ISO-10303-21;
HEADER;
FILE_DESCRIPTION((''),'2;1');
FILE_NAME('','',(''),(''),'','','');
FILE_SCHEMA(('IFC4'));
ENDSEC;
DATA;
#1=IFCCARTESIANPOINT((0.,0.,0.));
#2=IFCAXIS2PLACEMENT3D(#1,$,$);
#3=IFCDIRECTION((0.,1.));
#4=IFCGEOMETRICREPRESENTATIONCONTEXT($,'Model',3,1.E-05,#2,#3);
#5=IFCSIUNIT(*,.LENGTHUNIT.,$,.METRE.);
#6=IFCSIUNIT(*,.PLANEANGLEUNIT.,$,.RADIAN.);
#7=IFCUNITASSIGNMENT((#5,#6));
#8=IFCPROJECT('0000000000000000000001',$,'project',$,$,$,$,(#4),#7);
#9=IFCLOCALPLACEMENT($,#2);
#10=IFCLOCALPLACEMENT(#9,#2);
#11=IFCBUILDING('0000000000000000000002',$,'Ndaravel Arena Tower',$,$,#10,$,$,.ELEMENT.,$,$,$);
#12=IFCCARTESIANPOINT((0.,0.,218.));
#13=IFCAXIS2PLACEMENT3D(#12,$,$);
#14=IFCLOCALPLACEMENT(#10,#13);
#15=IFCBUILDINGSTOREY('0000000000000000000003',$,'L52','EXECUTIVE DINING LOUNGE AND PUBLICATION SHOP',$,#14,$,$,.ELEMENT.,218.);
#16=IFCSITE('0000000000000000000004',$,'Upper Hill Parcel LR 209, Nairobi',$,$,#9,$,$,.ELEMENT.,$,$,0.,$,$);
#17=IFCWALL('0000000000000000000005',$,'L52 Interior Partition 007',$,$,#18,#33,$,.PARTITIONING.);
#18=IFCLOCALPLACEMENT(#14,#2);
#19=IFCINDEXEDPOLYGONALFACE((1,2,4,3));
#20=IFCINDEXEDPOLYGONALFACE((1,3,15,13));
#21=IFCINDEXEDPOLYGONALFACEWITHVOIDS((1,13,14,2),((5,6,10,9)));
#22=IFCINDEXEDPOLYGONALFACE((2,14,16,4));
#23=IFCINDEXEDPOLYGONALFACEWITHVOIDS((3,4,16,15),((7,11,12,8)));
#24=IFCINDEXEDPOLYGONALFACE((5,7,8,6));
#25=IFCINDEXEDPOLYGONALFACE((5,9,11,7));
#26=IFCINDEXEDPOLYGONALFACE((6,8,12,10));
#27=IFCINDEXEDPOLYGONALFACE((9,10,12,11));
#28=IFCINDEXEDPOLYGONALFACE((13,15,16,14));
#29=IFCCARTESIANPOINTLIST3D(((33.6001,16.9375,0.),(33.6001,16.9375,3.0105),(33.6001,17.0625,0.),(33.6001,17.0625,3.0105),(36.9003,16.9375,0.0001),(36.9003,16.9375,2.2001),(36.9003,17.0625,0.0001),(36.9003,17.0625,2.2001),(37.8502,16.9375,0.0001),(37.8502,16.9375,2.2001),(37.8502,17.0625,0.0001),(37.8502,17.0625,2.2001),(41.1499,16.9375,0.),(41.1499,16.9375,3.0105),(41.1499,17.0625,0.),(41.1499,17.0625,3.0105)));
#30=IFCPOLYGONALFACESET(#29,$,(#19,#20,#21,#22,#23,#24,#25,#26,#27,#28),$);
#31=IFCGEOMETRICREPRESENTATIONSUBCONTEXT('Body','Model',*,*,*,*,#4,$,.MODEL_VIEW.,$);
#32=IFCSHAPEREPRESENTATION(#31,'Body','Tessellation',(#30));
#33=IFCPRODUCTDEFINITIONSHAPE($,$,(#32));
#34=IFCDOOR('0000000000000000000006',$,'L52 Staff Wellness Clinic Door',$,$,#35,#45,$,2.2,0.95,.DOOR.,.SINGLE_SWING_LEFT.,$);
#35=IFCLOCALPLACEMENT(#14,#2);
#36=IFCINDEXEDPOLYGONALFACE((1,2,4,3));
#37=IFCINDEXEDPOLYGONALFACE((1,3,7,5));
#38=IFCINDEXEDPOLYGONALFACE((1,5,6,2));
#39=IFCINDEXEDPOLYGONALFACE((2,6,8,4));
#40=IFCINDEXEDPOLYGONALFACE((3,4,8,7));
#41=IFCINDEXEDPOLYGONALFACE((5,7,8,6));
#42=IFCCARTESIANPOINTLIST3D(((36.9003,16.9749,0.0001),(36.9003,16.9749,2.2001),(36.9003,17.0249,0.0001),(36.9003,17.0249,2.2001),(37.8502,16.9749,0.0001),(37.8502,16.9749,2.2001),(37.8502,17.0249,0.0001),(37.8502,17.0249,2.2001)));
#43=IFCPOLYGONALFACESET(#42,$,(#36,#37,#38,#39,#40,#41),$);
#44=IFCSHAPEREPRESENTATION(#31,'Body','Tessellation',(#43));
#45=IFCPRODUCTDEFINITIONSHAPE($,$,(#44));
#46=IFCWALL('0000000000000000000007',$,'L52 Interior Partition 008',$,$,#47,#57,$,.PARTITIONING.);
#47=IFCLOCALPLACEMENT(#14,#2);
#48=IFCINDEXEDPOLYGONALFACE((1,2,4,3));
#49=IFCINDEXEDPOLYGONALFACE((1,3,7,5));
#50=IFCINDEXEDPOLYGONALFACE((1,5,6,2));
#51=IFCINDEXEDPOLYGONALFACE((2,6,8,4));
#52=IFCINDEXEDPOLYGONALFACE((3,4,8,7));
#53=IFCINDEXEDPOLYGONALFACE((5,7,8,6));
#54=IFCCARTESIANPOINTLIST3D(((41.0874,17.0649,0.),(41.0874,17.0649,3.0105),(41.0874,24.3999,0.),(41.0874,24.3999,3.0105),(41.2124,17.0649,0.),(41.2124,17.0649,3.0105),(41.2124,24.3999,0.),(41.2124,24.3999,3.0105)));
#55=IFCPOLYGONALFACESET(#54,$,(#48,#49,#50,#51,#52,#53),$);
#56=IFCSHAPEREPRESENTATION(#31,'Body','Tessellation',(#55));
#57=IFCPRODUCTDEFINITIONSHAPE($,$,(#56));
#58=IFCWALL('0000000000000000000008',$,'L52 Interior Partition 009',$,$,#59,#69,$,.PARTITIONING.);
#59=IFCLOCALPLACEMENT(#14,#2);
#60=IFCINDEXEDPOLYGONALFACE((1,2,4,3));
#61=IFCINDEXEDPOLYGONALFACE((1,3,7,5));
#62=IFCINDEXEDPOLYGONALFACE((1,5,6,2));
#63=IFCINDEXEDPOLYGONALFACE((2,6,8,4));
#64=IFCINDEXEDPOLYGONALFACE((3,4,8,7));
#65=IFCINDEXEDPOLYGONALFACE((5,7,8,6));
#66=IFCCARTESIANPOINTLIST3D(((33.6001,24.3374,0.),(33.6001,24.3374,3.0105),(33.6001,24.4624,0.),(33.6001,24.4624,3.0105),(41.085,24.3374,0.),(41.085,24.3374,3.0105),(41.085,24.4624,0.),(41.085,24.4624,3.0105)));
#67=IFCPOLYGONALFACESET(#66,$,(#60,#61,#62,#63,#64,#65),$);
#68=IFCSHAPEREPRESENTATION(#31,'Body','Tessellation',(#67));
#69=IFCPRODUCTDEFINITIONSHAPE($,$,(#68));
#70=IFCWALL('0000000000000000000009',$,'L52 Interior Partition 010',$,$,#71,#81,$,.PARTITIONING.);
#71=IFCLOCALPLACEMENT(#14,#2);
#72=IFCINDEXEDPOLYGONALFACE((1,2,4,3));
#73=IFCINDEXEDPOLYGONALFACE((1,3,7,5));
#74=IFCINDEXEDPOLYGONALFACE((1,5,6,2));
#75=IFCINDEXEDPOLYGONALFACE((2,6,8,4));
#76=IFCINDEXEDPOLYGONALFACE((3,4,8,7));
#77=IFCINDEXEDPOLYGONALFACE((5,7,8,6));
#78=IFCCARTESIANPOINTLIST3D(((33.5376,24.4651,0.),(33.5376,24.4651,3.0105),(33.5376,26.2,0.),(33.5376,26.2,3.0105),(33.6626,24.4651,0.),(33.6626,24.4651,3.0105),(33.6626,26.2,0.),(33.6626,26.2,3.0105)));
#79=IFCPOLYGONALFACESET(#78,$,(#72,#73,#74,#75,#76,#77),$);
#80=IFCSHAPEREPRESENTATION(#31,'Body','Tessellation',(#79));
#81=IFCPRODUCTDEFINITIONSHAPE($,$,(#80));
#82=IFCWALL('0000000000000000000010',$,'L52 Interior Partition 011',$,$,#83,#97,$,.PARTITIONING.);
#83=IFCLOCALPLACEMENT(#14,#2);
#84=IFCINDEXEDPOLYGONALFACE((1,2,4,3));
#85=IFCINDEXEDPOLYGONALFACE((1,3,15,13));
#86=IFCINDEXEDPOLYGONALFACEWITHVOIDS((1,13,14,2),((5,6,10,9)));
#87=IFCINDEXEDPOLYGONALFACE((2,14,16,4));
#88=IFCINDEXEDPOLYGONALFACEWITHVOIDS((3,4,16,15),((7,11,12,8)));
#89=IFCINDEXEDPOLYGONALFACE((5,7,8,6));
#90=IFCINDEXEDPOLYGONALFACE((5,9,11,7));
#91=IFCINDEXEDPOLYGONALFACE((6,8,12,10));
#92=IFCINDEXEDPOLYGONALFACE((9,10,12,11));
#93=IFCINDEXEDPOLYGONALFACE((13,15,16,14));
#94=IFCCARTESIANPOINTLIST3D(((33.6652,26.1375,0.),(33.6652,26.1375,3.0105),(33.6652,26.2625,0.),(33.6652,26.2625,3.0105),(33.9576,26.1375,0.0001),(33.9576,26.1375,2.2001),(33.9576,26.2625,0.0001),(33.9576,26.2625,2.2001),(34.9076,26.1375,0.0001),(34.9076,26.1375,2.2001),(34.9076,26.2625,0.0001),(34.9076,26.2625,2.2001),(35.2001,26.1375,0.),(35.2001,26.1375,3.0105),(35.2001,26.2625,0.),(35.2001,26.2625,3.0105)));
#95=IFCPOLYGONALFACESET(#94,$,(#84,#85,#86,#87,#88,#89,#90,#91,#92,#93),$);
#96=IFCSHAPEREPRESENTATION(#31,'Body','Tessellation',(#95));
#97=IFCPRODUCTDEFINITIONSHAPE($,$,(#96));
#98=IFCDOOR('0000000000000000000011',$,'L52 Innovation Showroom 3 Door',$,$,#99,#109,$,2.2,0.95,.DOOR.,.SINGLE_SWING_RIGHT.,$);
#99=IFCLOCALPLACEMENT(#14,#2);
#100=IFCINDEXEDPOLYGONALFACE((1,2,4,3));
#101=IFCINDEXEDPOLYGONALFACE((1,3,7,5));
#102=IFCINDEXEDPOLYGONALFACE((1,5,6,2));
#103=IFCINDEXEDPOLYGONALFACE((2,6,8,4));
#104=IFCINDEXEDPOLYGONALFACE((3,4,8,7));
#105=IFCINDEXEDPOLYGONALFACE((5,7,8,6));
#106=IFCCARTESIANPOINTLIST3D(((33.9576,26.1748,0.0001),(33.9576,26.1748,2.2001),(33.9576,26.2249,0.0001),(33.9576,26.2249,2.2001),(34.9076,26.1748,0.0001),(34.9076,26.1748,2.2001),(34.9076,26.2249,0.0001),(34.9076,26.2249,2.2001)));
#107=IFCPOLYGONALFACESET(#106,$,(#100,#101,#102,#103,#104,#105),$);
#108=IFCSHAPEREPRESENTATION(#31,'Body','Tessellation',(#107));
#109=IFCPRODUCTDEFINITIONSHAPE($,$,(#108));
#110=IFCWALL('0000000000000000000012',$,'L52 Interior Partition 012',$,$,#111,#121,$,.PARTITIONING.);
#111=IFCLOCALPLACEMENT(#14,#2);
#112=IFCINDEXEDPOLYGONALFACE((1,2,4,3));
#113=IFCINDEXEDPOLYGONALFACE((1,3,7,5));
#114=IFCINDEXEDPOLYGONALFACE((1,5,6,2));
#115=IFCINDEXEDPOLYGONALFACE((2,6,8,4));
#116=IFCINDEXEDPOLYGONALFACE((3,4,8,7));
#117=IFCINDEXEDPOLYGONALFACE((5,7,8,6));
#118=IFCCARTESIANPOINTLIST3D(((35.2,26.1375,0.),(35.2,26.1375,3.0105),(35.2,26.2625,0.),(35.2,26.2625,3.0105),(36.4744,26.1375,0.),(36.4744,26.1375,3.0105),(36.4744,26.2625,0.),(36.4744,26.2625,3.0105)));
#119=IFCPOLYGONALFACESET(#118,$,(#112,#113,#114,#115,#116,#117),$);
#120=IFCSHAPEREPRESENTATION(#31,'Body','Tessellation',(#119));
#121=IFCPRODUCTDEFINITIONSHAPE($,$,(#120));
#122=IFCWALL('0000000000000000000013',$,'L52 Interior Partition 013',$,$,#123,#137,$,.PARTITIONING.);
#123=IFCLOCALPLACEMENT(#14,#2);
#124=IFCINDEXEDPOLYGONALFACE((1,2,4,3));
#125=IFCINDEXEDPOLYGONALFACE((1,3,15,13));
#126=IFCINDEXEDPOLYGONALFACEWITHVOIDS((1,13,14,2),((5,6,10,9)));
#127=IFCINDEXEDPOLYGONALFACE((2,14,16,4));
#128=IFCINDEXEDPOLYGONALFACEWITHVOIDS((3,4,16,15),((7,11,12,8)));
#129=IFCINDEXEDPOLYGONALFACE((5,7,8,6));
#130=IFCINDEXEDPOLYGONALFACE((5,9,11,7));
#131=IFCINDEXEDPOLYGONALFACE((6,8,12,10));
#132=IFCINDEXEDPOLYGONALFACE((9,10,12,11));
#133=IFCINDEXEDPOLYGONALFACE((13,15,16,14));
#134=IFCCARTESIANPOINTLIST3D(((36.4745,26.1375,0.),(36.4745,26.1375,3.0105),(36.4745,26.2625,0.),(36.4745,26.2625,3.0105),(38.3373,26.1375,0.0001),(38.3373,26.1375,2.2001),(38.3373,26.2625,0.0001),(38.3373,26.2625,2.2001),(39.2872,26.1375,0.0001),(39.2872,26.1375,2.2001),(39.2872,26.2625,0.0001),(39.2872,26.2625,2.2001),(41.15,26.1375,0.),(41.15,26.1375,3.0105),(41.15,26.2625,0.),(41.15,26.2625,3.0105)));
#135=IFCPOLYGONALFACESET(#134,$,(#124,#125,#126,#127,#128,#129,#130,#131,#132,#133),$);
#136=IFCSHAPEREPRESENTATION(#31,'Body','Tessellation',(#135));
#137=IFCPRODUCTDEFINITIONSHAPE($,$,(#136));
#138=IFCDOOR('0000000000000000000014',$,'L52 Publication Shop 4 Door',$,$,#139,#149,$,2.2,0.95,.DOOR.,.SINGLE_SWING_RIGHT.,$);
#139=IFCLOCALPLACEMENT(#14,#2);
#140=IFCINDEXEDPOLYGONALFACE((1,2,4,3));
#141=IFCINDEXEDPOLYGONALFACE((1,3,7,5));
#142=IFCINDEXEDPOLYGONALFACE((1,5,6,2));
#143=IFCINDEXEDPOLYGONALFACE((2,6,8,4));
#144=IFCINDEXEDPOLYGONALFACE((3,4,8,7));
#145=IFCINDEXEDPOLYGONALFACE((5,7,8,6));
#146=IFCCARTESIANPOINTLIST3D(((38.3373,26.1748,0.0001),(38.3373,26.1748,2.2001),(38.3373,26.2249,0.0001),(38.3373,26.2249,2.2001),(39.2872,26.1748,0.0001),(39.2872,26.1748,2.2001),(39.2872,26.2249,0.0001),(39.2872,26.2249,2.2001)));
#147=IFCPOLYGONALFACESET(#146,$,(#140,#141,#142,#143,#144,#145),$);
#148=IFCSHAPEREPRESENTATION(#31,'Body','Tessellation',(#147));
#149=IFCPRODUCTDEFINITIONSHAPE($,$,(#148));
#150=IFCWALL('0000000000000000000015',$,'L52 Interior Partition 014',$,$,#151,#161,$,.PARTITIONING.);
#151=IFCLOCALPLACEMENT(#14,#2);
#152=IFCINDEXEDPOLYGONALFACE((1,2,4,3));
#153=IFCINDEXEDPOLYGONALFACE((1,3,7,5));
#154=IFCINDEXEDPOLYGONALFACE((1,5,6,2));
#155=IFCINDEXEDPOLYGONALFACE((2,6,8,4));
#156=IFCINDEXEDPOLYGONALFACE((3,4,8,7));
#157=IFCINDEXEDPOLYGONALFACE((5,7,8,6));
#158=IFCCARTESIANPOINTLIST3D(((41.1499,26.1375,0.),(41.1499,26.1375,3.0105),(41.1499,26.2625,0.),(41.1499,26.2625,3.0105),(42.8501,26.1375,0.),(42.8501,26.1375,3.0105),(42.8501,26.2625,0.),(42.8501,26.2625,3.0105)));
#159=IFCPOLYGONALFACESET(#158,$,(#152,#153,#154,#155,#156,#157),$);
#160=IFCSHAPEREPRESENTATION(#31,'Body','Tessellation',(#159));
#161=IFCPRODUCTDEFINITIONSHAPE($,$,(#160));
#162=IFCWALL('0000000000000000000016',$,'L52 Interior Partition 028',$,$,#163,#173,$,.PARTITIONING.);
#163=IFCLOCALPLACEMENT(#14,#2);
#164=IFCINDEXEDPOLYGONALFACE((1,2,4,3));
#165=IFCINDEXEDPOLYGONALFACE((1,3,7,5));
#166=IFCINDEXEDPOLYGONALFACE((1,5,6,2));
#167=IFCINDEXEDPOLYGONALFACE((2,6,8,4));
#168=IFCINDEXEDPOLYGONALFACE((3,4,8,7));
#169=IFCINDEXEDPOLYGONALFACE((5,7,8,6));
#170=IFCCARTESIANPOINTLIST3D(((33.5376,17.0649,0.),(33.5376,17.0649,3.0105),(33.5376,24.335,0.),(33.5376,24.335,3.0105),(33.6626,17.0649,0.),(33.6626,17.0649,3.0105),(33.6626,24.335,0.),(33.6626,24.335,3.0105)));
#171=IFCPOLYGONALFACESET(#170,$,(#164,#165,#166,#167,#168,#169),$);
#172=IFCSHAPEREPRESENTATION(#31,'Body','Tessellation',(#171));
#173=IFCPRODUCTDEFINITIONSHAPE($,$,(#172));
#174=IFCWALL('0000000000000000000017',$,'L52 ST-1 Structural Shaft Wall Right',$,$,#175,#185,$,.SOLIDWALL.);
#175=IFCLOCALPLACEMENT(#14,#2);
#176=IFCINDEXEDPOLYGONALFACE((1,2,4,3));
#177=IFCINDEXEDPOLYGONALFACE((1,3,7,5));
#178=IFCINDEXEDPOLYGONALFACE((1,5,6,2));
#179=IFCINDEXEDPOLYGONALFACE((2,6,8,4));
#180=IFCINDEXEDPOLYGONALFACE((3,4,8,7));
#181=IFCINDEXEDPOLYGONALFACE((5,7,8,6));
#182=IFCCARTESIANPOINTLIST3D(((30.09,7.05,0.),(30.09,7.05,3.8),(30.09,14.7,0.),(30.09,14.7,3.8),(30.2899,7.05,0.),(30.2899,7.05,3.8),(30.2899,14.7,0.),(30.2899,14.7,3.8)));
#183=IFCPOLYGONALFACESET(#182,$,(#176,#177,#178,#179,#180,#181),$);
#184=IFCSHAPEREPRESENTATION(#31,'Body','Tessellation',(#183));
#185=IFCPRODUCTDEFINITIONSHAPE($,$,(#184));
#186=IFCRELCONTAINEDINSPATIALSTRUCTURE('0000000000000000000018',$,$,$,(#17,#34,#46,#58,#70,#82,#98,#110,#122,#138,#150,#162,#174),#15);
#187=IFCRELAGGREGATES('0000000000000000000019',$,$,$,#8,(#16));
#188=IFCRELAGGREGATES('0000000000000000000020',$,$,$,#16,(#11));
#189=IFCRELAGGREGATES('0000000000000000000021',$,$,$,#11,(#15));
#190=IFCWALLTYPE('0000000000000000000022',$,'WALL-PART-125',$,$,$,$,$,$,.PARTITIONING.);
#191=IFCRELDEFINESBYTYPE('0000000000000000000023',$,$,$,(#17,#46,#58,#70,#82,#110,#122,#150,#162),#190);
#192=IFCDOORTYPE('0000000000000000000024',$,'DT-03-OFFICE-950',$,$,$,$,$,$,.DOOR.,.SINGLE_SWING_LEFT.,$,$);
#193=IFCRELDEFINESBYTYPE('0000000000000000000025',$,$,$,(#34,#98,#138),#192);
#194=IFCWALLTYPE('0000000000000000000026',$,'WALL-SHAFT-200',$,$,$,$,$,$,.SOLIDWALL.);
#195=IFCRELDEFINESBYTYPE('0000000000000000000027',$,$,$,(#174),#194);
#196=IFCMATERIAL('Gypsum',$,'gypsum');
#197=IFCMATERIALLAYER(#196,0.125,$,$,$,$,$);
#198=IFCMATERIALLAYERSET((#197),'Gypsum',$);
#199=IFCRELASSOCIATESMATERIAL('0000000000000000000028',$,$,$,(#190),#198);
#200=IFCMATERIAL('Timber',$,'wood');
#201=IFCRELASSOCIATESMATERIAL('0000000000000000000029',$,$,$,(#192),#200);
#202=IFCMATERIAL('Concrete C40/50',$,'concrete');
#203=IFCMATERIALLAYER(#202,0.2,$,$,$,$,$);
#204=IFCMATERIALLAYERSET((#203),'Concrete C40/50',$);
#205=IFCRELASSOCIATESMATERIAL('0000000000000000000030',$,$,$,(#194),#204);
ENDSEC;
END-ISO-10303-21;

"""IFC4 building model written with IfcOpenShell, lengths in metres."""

from ifc_helpers import new_model, si_unit, direction, frame, frame_2d, origin, place, context, subcontext, project, spatial, rectangle, extrude, material, layer, layer_set, type_object, element, fill, save


model = new_model("IFC4")

# Units and contexts
model_context = context("Model", 3, precision=1e-05, world=origin(), true_north=direction((0.0, 1.0)))
body_context = subcontext(model_context, "Body", "Model", "MODEL_VIEW")
ifc_project = project(units=[si_unit("LENGTHUNIT", "METRE"), si_unit("PLANEANGLEUNIT", "RADIAN")], contexts=[model_context])

# Site, building, storey
site_placement = place(None, origin())
site = spatial("IfcSite", under=ifc_project, at=site_placement, Name="Upper Hill Parcel LR 209, Nairobi", CompositionType="ELEMENT", RefElevation=0.0)
building_placement = place(site_placement, origin())
building = spatial("IfcBuilding", under=site, at=building_placement, Name="Ndaravel Arena Tower", CompositionType="ELEMENT")
storey_placement = place(building_placement, frame((0.0, 0.0, 218.0)))
storey = spatial("IfcBuildingStorey", under=building, at=storey_placement, Name="L52", Description="EXECUTIVE DINING LOUNGE AND PUBLICATION SHOP", CompositionType="ELEMENT", Elevation=218.0)

# Wall, opening, door
ifc_material_1 = material(Name="Gypsum", Category="gypsum")
ifc_layer_1 = layer(ifc_material_1, 0.125)
ifc_layer_set_1 = layer_set([ifc_layer_1], Name="Gypsum")
wall_type_1 = type_object("IfcWallType", Name="WALL-PART-125", PredefinedType="PARTITIONING", material=ifc_layer_set_1)
wall_1_placement = place(storey_placement, frame((33.6001, 17.0, 0.0), z_axis=(0.0, 0.0, 1.0), x_axis=(1.0, 0.0, 0.0)))
wall_1 = element("IfcWall", 1, at=wall_1_placement, inside=storey, type_object=wall_type_1, Name="L52 Interior Partition 007", PredefinedType="PARTITIONING", context=body_context, shape_type="SweptSolid", body=[
    extrude(rectangle(XDim=7.5498, YDim=0.125, at=frame_2d((3.7749, 0.0))), origin(), (0.0, 0.0, 1.0), 3.0105),
])
opening_1_placement = place(wall_1_placement, frame((3.3, 0.0, 0.0)))
opening_1 = element("IfcOpeningElement", 2, at=opening_1_placement, cuts=wall_1, PredefinedType="OPENING", context=body_context, shape_type="SweptSolid", body=[
    extrude(rectangle(XDim=0.95, YDim=2.2, at=frame_2d((0.4751, 1.1001))), frame((0.0, 0.0625, 0.0), z_axis=(0.0, -1.0, 0.0), x_axis=(1.0, 0.0, 0.0)), (0.0, 0.0, 1.0), 0.125),
])
ifc_material_2 = material(Name="Timber", Category="wood")
door_type = type_object("IfcDoorType", Name="DT-03-OFFICE-950", OperationType="SINGLE_SWING_LEFT", PredefinedType="DOOR", material=ifc_material_2)
door_1_placement = place(opening_1_placement, origin())
door_1 = element("IfcDoor", 3, at=door_1_placement, inside=storey, type_object=door_type, Name="L52 Staff Wellness Clinic Door", OperationType="SINGLE_SWING_LEFT", OverallHeight=2.2, OverallWidth=0.95, PredefinedType="DOOR", context=body_context, shape_type="SweptSolid", body=[
    extrude(rectangle(XDim=0.95, YDim=2.2, at=frame_2d((0.4751, 1.1001))), frame((0.0, 0.0249, 0.0), z_axis=(0.0, -1.0, 0.0), x_axis=(1.0, 0.0, 0.0)), (0.0, 0.0, 1.0), 0.05),
])
fill(opening_1, door_1)

# Walls
wall_2_placement = place(storey_placement, frame((41.1499, 17.0649, 0.0), z_axis=(0.0, 0.0, 1.0), x_axis=(0.0, 1.0, 0.0)))
element("IfcWall", 4, at=wall_2_placement, inside=storey, type_object=wall_type_1, Name="L52 Interior Partition 008", PredefinedType="PARTITIONING", context=body_context, shape_type="SweptSolid", body=[
    extrude(rectangle(XDim=7.335, YDim=0.125, at=frame_2d((3.6675, 0.0))), origin(), (0.0, 0.0, 1.0), 3.0105),
])
wall_3_placement = place(storey_placement, frame((41.085, 24.3999, 0.0), z_axis=(0.0, 0.0, 1.0), x_axis=(-1.0, 0.0, 0.0)))
element("IfcWall", 5, at=wall_3_placement, inside=storey, type_object=wall_type_1, Name="L52 Interior Partition 009", PredefinedType="PARTITIONING", context=body_context, shape_type="SweptSolid", body=[
    extrude(rectangle(XDim=7.4849, YDim=0.125, at=frame_2d((3.7424, 0.0))), origin(), (0.0, 0.0, 1.0), 3.0105),
])
wall_4_placement = place(storey_placement, frame((33.6001, 24.4651, 0.0), z_axis=(0.0, 0.0, 1.0), x_axis=(0.0, 1.0, 0.0)))
element("IfcWall", 6, at=wall_4_placement, inside=storey, type_object=wall_type_1, Name="L52 Interior Partition 010", PredefinedType="PARTITIONING", context=body_context, shape_type="SweptSolid", body=[
    extrude(rectangle(XDim=1.7349, YDim=0.125, at=frame_2d((0.8674, 0.0))), origin(), (0.0, 0.0, 1.0), 3.0105),
])

# Wall, opening, door
wall_5_placement = place(storey_placement, frame((33.665, 26.2, 0.0), z_axis=(0.0, 0.0, 1.0), x_axis=(1.0, 0.0, 0.0)))
wall_5 = element("IfcWall", 7, at=wall_5_placement, inside=storey, type_object=wall_type_1, Name="L52 Interior Partition 011", PredefinedType="PARTITIONING", context=body_context, shape_type="SweptSolid", body=[
    extrude(rectangle(XDim=1.5349, YDim=0.125, at=frame_2d((0.7676, 0.0))), origin(), (0.0, 0.0, 1.0), 3.0105),
])
opening_2_placement = place(wall_5_placement, frame((0.2925, 0.0, 0.0)))
opening_2 = element("IfcOpeningElement", 8, at=opening_2_placement, cuts=wall_5, PredefinedType="OPENING", context=body_context, shape_type="SweptSolid", body=[
    extrude(rectangle(XDim=0.95, YDim=2.2, at=frame_2d((0.4751, 1.1001))), frame((0.0, 0.0625, 0.0), z_axis=(0.0, -1.0, 0.0), x_axis=(1.0, 0.0, 0.0)), (0.0, 0.0, 1.0), 0.125),
])
door_2_placement = place(opening_2_placement, origin())
door_2 = element("IfcDoor", 9, at=door_2_placement, inside=storey, type_object=door_type, Name="L52 Innovation Showroom 3 Door", OperationType="SINGLE_SWING_RIGHT", OverallHeight=2.2, OverallWidth=0.95, PredefinedType="DOOR", context=body_context, shape_type="SweptSolid", body=[
    extrude(rectangle(XDim=0.95, YDim=2.2, at=frame_2d((0.4751, 1.1001))), frame((0.0, 0.0249, 0.0), z_axis=(0.0, -1.0, 0.0), x_axis=(1.0, 0.0, 0.0)), (0.0, 0.0, 1.0), 0.05),
])
fill(opening_2, door_2)

# Wall
wall_6_placement = place(storey_placement, frame((35.2, 26.2, 0.0), z_axis=(0.0, 0.0, 1.0), x_axis=(1.0, 0.0, 0.0)))
element("IfcWall", 10, at=wall_6_placement, inside=storey, type_object=wall_type_1, Name="L52 Interior Partition 012", PredefinedType="PARTITIONING", context=body_context, shape_type="SweptSolid", body=[
    extrude(rectangle(XDim=1.2744, YDim=0.125, at=frame_2d((0.6372, 0.0))), origin(), (0.0, 0.0, 1.0), 3.0105),
])

# Wall, opening, door
wall_7_placement = place(storey_placement, frame((36.4744, 26.2, 0.0), z_axis=(0.0, 0.0, 1.0), x_axis=(1.0, 0.0, 0.0)))
wall_7 = element("IfcWall", 11, at=wall_7_placement, inside=storey, type_object=wall_type_1, Name="L52 Interior Partition 013", PredefinedType="PARTITIONING", context=body_context, shape_type="SweptSolid", body=[
    extrude(rectangle(XDim=4.6755, YDim=0.125, at=frame_2d((2.3379, 0.0))), origin(), (0.0, 0.0, 1.0), 3.0105),
])
opening_3_placement = place(wall_7_placement, frame((1.8628, 0.0, 0.0)))
opening_3 = element("IfcOpeningElement", 12, at=opening_3_placement, cuts=wall_7, PredefinedType="OPENING", context=body_context, shape_type="SweptSolid", body=[
    extrude(rectangle(XDim=0.95, YDim=2.2, at=frame_2d((0.4751, 1.1001))), frame((0.0, 0.0625, 0.0), z_axis=(0.0, -1.0, 0.0), x_axis=(1.0, 0.0, 0.0)), (0.0, 0.0, 1.0), 0.125),
])
door_3_placement = place(opening_3_placement, origin())
door_3 = element("IfcDoor", 13, at=door_3_placement, inside=storey, type_object=door_type, Name="L52 Publication Shop 4 Door", OperationType="SINGLE_SWING_RIGHT", OverallHeight=2.2, OverallWidth=0.95, PredefinedType="DOOR", context=body_context, shape_type="SweptSolid", body=[
    extrude(rectangle(XDim=0.95, YDim=2.2, at=frame_2d((0.4751, 1.1001))), frame((0.0, 0.0249, 0.0), z_axis=(0.0, -1.0, 0.0), x_axis=(1.0, 0.0, 0.0)), (0.0, 0.0, 1.0), 0.05),
])
fill(opening_3, door_3)

# Walls
wall_8_placement = place(storey_placement, frame((41.1499, 26.2, 0.0), z_axis=(0.0, 0.0, 1.0), x_axis=(1.0, 0.0, 0.0)))
element("IfcWall", 14, at=wall_8_placement, inside=storey, type_object=wall_type_1, Name="L52 Interior Partition 014", PredefinedType="PARTITIONING", context=body_context, shape_type="SweptSolid", body=[
    extrude(rectangle(XDim=1.7002, YDim=0.125, at=frame_2d((0.8501, 0.0))), origin(), (0.0, 0.0, 1.0), 3.0105),
])
wall_9_placement = place(storey_placement, frame((33.6001, 17.0649, 0.0), z_axis=(0.0, 0.0, 1.0), x_axis=(0.0, 1.0, 0.0)))
element("IfcWall", 15, at=wall_9_placement, inside=storey, type_object=wall_type_1, Name="L52 Interior Partition 028", PredefinedType="PARTITIONING", context=body_context, shape_type="SweptSolid", body=[
    extrude(rectangle(XDim=7.27, YDim=0.125, at=frame_2d((3.635, 0.0))), origin(), (0.0, 0.0, 1.0), 3.0105),
])
ifc_material_3 = material(Name="Concrete C40/50", Category="concrete")
ifc_layer_2 = layer(ifc_material_3, 0.2)
ifc_layer_set_2 = layer_set([ifc_layer_2], Name="Concrete C40/50")
wall_type_2 = type_object("IfcWallType", Name="WALL-SHAFT-200", PredefinedType="SOLIDWALL", material=ifc_layer_set_2)
wall_10_placement = place(storey_placement, frame((30.1899, 14.7, 0.0), z_axis=(0.0, 0.0, 1.0), x_axis=(0.0, -1.0, 0.0)))
element("IfcWall", 16, at=wall_10_placement, inside=storey, type_object=wall_type_2, Name="L52 ST-1 Structural Shaft Wall Right", PredefinedType="SOLIDWALL", context=body_context, shape_type="SweptSolid", body=[
    extrude(rectangle(XDim=7.6499, YDim=0.2, at=frame_2d((3.825, 0.0))), origin(), (0.0, 0.0, 1.0), 3.8),
])

save(model, "model.ifc")
